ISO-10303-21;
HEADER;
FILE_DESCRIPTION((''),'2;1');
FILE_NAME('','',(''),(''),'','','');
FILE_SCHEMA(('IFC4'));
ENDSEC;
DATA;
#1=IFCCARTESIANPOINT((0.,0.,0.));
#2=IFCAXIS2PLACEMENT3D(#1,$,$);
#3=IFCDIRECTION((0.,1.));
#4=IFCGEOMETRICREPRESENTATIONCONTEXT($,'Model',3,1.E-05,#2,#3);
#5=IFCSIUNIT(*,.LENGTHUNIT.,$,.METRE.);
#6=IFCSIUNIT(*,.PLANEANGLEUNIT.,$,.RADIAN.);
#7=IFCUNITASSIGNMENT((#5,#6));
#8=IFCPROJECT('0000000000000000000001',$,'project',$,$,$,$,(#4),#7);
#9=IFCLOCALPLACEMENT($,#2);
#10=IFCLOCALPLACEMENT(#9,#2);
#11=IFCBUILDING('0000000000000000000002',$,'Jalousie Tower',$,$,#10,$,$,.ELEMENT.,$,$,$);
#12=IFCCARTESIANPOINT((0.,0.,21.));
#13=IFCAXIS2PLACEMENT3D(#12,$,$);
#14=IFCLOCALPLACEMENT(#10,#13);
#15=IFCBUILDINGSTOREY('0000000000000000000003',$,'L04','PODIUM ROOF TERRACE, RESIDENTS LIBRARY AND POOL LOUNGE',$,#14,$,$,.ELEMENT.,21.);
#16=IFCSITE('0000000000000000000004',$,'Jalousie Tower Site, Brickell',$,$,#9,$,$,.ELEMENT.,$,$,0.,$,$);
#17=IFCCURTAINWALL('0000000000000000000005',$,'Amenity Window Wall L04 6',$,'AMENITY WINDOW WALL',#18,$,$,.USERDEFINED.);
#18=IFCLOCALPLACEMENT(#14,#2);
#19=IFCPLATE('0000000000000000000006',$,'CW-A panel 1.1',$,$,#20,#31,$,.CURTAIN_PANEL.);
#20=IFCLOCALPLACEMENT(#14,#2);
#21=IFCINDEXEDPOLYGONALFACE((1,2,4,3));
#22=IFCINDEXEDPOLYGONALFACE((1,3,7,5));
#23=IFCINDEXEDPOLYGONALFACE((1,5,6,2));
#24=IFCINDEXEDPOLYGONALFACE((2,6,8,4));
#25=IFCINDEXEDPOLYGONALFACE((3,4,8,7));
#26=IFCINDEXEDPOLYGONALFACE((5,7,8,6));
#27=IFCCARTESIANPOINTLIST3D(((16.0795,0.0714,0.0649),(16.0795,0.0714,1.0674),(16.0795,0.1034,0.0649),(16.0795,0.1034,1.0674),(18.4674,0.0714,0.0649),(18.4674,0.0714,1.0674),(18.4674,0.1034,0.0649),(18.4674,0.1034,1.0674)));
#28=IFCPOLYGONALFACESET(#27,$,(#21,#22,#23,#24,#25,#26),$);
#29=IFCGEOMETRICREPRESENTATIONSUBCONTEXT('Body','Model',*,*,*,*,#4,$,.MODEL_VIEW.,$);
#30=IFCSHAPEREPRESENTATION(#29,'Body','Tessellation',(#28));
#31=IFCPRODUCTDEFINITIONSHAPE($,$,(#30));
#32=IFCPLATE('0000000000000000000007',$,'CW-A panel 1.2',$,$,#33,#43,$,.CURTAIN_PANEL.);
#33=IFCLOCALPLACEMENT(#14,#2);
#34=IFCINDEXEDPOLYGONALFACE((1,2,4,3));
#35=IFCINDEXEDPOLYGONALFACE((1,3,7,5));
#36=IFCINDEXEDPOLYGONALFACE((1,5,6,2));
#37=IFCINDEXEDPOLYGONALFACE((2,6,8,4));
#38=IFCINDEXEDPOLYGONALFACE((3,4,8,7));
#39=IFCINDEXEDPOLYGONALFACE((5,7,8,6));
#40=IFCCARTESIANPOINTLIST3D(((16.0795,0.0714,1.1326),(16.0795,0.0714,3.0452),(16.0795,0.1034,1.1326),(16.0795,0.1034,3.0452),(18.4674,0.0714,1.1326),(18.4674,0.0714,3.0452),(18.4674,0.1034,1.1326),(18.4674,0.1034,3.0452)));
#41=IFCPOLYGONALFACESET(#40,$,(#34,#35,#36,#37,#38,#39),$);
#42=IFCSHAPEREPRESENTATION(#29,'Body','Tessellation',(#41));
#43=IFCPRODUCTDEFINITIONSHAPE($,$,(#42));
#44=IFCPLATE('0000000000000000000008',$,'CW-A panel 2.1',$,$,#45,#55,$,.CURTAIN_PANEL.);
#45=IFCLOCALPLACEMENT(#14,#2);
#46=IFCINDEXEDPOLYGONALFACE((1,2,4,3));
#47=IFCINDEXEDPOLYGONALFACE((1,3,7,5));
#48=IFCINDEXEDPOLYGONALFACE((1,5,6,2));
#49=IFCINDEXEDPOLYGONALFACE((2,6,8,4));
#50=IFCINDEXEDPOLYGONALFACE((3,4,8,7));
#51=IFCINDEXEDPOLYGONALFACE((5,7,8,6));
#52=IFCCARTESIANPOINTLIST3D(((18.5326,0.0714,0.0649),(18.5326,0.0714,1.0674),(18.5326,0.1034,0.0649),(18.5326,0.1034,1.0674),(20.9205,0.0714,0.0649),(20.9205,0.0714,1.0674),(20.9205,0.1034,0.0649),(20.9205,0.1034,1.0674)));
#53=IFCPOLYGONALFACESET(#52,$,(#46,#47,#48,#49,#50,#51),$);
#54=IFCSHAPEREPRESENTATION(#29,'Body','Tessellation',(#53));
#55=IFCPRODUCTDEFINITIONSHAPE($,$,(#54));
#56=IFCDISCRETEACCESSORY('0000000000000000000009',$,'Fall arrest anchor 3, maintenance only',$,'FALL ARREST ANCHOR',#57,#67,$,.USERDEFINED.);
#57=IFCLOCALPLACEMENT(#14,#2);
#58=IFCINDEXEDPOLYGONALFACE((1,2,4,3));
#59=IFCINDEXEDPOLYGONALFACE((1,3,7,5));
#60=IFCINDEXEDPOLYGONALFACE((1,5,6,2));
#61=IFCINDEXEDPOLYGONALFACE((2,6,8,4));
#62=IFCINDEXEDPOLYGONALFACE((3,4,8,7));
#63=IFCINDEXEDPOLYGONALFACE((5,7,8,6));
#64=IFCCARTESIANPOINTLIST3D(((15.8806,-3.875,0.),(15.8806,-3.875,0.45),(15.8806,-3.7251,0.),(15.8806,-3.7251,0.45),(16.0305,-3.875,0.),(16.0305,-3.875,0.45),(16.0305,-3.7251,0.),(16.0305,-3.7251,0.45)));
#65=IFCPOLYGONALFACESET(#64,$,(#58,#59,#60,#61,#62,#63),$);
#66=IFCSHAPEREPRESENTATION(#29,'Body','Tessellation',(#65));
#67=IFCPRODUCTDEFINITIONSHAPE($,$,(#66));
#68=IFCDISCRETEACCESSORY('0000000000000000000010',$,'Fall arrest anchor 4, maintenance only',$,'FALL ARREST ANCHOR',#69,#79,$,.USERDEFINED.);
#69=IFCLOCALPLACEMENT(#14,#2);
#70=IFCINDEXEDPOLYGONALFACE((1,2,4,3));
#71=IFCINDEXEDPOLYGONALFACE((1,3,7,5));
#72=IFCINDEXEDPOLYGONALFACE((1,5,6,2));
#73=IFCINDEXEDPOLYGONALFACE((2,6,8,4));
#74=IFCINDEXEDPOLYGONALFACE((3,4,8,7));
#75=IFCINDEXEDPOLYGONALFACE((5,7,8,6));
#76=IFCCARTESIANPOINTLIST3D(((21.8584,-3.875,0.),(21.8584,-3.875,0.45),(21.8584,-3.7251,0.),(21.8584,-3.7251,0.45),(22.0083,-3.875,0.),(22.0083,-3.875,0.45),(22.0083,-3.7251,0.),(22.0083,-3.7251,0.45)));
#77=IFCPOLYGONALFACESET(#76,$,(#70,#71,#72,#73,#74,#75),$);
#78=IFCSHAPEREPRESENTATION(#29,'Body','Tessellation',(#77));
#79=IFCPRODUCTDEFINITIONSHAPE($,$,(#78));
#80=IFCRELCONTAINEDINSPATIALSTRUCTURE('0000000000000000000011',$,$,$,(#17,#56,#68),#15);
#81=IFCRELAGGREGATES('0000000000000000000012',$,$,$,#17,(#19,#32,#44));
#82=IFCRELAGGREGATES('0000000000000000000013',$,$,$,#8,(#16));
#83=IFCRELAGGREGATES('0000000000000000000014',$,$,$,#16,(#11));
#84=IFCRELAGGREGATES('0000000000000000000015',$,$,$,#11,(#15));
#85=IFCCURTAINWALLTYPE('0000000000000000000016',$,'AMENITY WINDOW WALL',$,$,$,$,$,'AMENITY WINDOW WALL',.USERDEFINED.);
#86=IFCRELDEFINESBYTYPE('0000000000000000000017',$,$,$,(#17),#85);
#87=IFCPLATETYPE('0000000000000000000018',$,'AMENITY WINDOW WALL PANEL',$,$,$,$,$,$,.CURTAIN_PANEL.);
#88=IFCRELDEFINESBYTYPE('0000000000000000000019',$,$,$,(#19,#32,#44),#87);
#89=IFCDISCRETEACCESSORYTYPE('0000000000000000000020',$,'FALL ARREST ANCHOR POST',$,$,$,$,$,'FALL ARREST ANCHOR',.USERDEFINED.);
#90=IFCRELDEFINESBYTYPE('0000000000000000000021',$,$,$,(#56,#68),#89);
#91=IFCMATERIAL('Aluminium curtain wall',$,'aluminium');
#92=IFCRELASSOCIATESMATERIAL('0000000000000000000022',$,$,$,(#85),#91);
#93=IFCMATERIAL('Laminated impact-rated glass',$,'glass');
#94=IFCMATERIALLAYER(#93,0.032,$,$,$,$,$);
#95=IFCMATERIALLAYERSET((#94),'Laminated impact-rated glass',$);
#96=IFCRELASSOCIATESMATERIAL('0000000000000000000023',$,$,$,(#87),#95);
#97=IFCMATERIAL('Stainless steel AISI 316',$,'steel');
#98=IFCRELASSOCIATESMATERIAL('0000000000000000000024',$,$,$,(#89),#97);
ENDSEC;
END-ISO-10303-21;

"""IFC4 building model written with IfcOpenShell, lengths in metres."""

from ifc_helpers import new_model, si_unit, direction, frame, origin, origin_2d, place, context, subcontext, project, spatial, rectangle, extrude, material, layer, layer_set, type_object, element, aggregate, save


model = new_model("IFC4")

# Units and contexts
model_context = context("Model", 3, precision=1e-05, world=origin(), true_north=direction((0.0, 1.0)))
body_context = subcontext(model_context, "Body", "Model", "MODEL_VIEW")
ifc_project = project(units=[si_unit("LENGTHUNIT", "METRE"), si_unit("PLANEANGLEUNIT", "RADIAN")], contexts=[model_context])

# Site, building, storey
site_placement = place(None, origin())
site = spatial("IfcSite", under=ifc_project, at=site_placement, Name="Jalousie Tower Site, Brickell", CompositionType="ELEMENT", RefElevation=0.0)
building_placement = place(site_placement, origin())
building = spatial("IfcBuilding", under=site, at=building_placement, Name="Jalousie Tower", CompositionType="ELEMENT")
storey_placement = place(building_placement, frame((0.0, 0.0, 21.0)))
storey = spatial("IfcBuildingStorey", under=building, at=storey_placement, Name="L04", Description="PODIUM ROOF TERRACE, RESIDENTS LIBRARY AND POOL LOUNGE", CompositionType="ELEMENT", Elevation=21.0)

# Curtain wall
ifc_material_1 = material(Name="Aluminium curtain wall", Category="aluminium")
curtain_wall_type_1 = type_object("IfcCurtainWallType", Name="AMENITY WINDOW WALL", ElementType="AMENITY WINDOW WALL", PredefinedType="USERDEFINED", material=ifc_material_1)
curtain_wall_1_placement = place(storey_placement, origin())
curtain_wall_1 = element("IfcCurtainWall", 1, at=curtain_wall_1_placement, inside=storey, type_object=curtain_wall_type_1, Name="Amenity Window Wall L04 6", ObjectType="AMENITY WINDOW WALL", PredefinedType="USERDEFINED")

# Plates
ifc_material_2 = material(Name="Laminated impact-rated glass", Category="glass")
ifc_layer_1 = layer(ifc_material_2, 0.032)
ifc_layer_set_1 = layer_set([ifc_layer_1], Name="Laminated impact-rated glass")
plate_type_1 = type_object("IfcPlateType", Name="AMENITY WINDOW WALL PANEL", PredefinedType="CURTAIN_PANEL", material=ifc_layer_set_1)
plate_1_placement = place(storey_placement, frame((17.2734, 0.0874, 0.0649), z_axis=(0.0, 0.0, 1.0), x_axis=(1.0, 0.0, 0.0)))
plate_1 = element("IfcPlate", 2, at=plate_1_placement, type_object=plate_type_1, Name="CW-A panel 1.1", PredefinedType="CURTAIN_PANEL", context=body_context, shape_type="SweptSolid", body=[
    extrude(rectangle(XDim=2.3879, YDim=0.032, at=origin_2d()), origin(), (0.0, 0.0, 1.0), 1.0024),
])
plate_2_placement = place(storey_placement, frame((17.2734, 0.0874, 1.1326), z_axis=(0.0, 0.0, 1.0), x_axis=(1.0, 0.0, 0.0)))
plate_2 = element("IfcPlate", 3, at=plate_2_placement, type_object=plate_type_1, Name="CW-A panel 1.2", PredefinedType="CURTAIN_PANEL", context=body_context, shape_type="SweptSolid", body=[
    extrude(rectangle(XDim=2.3879, YDim=0.032, at=origin_2d()), origin(), (0.0, 0.0, 1.0), 1.9126),
])
plate_3_placement = place(storey_placement, frame((19.7266, 0.0874, 0.0649), z_axis=(0.0, 0.0, 1.0), x_axis=(1.0, 0.0, 0.0)))
plate_3 = element("IfcPlate", 4, at=plate_3_placement, type_object=plate_type_1, Name="CW-A panel 2.1", PredefinedType="CURTAIN_PANEL", context=body_context, shape_type="SweptSolid", body=[
    extrude(rectangle(XDim=2.3879, YDim=0.032, at=origin_2d()), origin(), (0.0, 0.0, 1.0), 1.0024),
])
aggregate(curtain_wall_1, [plate_1, plate_2, plate_3])

# Discrete accessories
ifc_material_3 = material(Name="Stainless steel AISI 316", Category="steel")
discrete_accessory_type = type_object("IfcDiscreteAccessoryType", Name="FALL ARREST ANCHOR POST", ElementType="FALL ARREST ANCHOR", PredefinedType="USERDEFINED", material=ifc_material_3)
for number, where, z_axis, x_axis, name in (
    (5, (15.9556, -3.8, 0.0), (0.0, 0.0, 1.0), (1.0, 0.0, 0.0), "Fall arrest anchor 3, maintenance only"),
    (6, (21.9333, -3.8, 0.0), (0.0, 0.0, 1.0), (1.0, 0.0, 0.0), "Fall arrest anchor 4, maintenance only"),
):
    element("IfcDiscreteAccessory", number, at=place(storey_placement, frame(where, z_axis=z_axis, x_axis=x_axis)), inside=storey, type_object=discrete_accessory_type, Name=name, ObjectType="FALL ARREST ANCHOR", PredefinedType="USERDEFINED", context=body_context, shape_type="SweptSolid", body=[
        extrude(rectangle(XDim=0.1499, YDim=0.1499, at=origin_2d()), origin(), (0.0, 0.0, 1.0), 0.45),
    ])

save(model, "model.ifc")
